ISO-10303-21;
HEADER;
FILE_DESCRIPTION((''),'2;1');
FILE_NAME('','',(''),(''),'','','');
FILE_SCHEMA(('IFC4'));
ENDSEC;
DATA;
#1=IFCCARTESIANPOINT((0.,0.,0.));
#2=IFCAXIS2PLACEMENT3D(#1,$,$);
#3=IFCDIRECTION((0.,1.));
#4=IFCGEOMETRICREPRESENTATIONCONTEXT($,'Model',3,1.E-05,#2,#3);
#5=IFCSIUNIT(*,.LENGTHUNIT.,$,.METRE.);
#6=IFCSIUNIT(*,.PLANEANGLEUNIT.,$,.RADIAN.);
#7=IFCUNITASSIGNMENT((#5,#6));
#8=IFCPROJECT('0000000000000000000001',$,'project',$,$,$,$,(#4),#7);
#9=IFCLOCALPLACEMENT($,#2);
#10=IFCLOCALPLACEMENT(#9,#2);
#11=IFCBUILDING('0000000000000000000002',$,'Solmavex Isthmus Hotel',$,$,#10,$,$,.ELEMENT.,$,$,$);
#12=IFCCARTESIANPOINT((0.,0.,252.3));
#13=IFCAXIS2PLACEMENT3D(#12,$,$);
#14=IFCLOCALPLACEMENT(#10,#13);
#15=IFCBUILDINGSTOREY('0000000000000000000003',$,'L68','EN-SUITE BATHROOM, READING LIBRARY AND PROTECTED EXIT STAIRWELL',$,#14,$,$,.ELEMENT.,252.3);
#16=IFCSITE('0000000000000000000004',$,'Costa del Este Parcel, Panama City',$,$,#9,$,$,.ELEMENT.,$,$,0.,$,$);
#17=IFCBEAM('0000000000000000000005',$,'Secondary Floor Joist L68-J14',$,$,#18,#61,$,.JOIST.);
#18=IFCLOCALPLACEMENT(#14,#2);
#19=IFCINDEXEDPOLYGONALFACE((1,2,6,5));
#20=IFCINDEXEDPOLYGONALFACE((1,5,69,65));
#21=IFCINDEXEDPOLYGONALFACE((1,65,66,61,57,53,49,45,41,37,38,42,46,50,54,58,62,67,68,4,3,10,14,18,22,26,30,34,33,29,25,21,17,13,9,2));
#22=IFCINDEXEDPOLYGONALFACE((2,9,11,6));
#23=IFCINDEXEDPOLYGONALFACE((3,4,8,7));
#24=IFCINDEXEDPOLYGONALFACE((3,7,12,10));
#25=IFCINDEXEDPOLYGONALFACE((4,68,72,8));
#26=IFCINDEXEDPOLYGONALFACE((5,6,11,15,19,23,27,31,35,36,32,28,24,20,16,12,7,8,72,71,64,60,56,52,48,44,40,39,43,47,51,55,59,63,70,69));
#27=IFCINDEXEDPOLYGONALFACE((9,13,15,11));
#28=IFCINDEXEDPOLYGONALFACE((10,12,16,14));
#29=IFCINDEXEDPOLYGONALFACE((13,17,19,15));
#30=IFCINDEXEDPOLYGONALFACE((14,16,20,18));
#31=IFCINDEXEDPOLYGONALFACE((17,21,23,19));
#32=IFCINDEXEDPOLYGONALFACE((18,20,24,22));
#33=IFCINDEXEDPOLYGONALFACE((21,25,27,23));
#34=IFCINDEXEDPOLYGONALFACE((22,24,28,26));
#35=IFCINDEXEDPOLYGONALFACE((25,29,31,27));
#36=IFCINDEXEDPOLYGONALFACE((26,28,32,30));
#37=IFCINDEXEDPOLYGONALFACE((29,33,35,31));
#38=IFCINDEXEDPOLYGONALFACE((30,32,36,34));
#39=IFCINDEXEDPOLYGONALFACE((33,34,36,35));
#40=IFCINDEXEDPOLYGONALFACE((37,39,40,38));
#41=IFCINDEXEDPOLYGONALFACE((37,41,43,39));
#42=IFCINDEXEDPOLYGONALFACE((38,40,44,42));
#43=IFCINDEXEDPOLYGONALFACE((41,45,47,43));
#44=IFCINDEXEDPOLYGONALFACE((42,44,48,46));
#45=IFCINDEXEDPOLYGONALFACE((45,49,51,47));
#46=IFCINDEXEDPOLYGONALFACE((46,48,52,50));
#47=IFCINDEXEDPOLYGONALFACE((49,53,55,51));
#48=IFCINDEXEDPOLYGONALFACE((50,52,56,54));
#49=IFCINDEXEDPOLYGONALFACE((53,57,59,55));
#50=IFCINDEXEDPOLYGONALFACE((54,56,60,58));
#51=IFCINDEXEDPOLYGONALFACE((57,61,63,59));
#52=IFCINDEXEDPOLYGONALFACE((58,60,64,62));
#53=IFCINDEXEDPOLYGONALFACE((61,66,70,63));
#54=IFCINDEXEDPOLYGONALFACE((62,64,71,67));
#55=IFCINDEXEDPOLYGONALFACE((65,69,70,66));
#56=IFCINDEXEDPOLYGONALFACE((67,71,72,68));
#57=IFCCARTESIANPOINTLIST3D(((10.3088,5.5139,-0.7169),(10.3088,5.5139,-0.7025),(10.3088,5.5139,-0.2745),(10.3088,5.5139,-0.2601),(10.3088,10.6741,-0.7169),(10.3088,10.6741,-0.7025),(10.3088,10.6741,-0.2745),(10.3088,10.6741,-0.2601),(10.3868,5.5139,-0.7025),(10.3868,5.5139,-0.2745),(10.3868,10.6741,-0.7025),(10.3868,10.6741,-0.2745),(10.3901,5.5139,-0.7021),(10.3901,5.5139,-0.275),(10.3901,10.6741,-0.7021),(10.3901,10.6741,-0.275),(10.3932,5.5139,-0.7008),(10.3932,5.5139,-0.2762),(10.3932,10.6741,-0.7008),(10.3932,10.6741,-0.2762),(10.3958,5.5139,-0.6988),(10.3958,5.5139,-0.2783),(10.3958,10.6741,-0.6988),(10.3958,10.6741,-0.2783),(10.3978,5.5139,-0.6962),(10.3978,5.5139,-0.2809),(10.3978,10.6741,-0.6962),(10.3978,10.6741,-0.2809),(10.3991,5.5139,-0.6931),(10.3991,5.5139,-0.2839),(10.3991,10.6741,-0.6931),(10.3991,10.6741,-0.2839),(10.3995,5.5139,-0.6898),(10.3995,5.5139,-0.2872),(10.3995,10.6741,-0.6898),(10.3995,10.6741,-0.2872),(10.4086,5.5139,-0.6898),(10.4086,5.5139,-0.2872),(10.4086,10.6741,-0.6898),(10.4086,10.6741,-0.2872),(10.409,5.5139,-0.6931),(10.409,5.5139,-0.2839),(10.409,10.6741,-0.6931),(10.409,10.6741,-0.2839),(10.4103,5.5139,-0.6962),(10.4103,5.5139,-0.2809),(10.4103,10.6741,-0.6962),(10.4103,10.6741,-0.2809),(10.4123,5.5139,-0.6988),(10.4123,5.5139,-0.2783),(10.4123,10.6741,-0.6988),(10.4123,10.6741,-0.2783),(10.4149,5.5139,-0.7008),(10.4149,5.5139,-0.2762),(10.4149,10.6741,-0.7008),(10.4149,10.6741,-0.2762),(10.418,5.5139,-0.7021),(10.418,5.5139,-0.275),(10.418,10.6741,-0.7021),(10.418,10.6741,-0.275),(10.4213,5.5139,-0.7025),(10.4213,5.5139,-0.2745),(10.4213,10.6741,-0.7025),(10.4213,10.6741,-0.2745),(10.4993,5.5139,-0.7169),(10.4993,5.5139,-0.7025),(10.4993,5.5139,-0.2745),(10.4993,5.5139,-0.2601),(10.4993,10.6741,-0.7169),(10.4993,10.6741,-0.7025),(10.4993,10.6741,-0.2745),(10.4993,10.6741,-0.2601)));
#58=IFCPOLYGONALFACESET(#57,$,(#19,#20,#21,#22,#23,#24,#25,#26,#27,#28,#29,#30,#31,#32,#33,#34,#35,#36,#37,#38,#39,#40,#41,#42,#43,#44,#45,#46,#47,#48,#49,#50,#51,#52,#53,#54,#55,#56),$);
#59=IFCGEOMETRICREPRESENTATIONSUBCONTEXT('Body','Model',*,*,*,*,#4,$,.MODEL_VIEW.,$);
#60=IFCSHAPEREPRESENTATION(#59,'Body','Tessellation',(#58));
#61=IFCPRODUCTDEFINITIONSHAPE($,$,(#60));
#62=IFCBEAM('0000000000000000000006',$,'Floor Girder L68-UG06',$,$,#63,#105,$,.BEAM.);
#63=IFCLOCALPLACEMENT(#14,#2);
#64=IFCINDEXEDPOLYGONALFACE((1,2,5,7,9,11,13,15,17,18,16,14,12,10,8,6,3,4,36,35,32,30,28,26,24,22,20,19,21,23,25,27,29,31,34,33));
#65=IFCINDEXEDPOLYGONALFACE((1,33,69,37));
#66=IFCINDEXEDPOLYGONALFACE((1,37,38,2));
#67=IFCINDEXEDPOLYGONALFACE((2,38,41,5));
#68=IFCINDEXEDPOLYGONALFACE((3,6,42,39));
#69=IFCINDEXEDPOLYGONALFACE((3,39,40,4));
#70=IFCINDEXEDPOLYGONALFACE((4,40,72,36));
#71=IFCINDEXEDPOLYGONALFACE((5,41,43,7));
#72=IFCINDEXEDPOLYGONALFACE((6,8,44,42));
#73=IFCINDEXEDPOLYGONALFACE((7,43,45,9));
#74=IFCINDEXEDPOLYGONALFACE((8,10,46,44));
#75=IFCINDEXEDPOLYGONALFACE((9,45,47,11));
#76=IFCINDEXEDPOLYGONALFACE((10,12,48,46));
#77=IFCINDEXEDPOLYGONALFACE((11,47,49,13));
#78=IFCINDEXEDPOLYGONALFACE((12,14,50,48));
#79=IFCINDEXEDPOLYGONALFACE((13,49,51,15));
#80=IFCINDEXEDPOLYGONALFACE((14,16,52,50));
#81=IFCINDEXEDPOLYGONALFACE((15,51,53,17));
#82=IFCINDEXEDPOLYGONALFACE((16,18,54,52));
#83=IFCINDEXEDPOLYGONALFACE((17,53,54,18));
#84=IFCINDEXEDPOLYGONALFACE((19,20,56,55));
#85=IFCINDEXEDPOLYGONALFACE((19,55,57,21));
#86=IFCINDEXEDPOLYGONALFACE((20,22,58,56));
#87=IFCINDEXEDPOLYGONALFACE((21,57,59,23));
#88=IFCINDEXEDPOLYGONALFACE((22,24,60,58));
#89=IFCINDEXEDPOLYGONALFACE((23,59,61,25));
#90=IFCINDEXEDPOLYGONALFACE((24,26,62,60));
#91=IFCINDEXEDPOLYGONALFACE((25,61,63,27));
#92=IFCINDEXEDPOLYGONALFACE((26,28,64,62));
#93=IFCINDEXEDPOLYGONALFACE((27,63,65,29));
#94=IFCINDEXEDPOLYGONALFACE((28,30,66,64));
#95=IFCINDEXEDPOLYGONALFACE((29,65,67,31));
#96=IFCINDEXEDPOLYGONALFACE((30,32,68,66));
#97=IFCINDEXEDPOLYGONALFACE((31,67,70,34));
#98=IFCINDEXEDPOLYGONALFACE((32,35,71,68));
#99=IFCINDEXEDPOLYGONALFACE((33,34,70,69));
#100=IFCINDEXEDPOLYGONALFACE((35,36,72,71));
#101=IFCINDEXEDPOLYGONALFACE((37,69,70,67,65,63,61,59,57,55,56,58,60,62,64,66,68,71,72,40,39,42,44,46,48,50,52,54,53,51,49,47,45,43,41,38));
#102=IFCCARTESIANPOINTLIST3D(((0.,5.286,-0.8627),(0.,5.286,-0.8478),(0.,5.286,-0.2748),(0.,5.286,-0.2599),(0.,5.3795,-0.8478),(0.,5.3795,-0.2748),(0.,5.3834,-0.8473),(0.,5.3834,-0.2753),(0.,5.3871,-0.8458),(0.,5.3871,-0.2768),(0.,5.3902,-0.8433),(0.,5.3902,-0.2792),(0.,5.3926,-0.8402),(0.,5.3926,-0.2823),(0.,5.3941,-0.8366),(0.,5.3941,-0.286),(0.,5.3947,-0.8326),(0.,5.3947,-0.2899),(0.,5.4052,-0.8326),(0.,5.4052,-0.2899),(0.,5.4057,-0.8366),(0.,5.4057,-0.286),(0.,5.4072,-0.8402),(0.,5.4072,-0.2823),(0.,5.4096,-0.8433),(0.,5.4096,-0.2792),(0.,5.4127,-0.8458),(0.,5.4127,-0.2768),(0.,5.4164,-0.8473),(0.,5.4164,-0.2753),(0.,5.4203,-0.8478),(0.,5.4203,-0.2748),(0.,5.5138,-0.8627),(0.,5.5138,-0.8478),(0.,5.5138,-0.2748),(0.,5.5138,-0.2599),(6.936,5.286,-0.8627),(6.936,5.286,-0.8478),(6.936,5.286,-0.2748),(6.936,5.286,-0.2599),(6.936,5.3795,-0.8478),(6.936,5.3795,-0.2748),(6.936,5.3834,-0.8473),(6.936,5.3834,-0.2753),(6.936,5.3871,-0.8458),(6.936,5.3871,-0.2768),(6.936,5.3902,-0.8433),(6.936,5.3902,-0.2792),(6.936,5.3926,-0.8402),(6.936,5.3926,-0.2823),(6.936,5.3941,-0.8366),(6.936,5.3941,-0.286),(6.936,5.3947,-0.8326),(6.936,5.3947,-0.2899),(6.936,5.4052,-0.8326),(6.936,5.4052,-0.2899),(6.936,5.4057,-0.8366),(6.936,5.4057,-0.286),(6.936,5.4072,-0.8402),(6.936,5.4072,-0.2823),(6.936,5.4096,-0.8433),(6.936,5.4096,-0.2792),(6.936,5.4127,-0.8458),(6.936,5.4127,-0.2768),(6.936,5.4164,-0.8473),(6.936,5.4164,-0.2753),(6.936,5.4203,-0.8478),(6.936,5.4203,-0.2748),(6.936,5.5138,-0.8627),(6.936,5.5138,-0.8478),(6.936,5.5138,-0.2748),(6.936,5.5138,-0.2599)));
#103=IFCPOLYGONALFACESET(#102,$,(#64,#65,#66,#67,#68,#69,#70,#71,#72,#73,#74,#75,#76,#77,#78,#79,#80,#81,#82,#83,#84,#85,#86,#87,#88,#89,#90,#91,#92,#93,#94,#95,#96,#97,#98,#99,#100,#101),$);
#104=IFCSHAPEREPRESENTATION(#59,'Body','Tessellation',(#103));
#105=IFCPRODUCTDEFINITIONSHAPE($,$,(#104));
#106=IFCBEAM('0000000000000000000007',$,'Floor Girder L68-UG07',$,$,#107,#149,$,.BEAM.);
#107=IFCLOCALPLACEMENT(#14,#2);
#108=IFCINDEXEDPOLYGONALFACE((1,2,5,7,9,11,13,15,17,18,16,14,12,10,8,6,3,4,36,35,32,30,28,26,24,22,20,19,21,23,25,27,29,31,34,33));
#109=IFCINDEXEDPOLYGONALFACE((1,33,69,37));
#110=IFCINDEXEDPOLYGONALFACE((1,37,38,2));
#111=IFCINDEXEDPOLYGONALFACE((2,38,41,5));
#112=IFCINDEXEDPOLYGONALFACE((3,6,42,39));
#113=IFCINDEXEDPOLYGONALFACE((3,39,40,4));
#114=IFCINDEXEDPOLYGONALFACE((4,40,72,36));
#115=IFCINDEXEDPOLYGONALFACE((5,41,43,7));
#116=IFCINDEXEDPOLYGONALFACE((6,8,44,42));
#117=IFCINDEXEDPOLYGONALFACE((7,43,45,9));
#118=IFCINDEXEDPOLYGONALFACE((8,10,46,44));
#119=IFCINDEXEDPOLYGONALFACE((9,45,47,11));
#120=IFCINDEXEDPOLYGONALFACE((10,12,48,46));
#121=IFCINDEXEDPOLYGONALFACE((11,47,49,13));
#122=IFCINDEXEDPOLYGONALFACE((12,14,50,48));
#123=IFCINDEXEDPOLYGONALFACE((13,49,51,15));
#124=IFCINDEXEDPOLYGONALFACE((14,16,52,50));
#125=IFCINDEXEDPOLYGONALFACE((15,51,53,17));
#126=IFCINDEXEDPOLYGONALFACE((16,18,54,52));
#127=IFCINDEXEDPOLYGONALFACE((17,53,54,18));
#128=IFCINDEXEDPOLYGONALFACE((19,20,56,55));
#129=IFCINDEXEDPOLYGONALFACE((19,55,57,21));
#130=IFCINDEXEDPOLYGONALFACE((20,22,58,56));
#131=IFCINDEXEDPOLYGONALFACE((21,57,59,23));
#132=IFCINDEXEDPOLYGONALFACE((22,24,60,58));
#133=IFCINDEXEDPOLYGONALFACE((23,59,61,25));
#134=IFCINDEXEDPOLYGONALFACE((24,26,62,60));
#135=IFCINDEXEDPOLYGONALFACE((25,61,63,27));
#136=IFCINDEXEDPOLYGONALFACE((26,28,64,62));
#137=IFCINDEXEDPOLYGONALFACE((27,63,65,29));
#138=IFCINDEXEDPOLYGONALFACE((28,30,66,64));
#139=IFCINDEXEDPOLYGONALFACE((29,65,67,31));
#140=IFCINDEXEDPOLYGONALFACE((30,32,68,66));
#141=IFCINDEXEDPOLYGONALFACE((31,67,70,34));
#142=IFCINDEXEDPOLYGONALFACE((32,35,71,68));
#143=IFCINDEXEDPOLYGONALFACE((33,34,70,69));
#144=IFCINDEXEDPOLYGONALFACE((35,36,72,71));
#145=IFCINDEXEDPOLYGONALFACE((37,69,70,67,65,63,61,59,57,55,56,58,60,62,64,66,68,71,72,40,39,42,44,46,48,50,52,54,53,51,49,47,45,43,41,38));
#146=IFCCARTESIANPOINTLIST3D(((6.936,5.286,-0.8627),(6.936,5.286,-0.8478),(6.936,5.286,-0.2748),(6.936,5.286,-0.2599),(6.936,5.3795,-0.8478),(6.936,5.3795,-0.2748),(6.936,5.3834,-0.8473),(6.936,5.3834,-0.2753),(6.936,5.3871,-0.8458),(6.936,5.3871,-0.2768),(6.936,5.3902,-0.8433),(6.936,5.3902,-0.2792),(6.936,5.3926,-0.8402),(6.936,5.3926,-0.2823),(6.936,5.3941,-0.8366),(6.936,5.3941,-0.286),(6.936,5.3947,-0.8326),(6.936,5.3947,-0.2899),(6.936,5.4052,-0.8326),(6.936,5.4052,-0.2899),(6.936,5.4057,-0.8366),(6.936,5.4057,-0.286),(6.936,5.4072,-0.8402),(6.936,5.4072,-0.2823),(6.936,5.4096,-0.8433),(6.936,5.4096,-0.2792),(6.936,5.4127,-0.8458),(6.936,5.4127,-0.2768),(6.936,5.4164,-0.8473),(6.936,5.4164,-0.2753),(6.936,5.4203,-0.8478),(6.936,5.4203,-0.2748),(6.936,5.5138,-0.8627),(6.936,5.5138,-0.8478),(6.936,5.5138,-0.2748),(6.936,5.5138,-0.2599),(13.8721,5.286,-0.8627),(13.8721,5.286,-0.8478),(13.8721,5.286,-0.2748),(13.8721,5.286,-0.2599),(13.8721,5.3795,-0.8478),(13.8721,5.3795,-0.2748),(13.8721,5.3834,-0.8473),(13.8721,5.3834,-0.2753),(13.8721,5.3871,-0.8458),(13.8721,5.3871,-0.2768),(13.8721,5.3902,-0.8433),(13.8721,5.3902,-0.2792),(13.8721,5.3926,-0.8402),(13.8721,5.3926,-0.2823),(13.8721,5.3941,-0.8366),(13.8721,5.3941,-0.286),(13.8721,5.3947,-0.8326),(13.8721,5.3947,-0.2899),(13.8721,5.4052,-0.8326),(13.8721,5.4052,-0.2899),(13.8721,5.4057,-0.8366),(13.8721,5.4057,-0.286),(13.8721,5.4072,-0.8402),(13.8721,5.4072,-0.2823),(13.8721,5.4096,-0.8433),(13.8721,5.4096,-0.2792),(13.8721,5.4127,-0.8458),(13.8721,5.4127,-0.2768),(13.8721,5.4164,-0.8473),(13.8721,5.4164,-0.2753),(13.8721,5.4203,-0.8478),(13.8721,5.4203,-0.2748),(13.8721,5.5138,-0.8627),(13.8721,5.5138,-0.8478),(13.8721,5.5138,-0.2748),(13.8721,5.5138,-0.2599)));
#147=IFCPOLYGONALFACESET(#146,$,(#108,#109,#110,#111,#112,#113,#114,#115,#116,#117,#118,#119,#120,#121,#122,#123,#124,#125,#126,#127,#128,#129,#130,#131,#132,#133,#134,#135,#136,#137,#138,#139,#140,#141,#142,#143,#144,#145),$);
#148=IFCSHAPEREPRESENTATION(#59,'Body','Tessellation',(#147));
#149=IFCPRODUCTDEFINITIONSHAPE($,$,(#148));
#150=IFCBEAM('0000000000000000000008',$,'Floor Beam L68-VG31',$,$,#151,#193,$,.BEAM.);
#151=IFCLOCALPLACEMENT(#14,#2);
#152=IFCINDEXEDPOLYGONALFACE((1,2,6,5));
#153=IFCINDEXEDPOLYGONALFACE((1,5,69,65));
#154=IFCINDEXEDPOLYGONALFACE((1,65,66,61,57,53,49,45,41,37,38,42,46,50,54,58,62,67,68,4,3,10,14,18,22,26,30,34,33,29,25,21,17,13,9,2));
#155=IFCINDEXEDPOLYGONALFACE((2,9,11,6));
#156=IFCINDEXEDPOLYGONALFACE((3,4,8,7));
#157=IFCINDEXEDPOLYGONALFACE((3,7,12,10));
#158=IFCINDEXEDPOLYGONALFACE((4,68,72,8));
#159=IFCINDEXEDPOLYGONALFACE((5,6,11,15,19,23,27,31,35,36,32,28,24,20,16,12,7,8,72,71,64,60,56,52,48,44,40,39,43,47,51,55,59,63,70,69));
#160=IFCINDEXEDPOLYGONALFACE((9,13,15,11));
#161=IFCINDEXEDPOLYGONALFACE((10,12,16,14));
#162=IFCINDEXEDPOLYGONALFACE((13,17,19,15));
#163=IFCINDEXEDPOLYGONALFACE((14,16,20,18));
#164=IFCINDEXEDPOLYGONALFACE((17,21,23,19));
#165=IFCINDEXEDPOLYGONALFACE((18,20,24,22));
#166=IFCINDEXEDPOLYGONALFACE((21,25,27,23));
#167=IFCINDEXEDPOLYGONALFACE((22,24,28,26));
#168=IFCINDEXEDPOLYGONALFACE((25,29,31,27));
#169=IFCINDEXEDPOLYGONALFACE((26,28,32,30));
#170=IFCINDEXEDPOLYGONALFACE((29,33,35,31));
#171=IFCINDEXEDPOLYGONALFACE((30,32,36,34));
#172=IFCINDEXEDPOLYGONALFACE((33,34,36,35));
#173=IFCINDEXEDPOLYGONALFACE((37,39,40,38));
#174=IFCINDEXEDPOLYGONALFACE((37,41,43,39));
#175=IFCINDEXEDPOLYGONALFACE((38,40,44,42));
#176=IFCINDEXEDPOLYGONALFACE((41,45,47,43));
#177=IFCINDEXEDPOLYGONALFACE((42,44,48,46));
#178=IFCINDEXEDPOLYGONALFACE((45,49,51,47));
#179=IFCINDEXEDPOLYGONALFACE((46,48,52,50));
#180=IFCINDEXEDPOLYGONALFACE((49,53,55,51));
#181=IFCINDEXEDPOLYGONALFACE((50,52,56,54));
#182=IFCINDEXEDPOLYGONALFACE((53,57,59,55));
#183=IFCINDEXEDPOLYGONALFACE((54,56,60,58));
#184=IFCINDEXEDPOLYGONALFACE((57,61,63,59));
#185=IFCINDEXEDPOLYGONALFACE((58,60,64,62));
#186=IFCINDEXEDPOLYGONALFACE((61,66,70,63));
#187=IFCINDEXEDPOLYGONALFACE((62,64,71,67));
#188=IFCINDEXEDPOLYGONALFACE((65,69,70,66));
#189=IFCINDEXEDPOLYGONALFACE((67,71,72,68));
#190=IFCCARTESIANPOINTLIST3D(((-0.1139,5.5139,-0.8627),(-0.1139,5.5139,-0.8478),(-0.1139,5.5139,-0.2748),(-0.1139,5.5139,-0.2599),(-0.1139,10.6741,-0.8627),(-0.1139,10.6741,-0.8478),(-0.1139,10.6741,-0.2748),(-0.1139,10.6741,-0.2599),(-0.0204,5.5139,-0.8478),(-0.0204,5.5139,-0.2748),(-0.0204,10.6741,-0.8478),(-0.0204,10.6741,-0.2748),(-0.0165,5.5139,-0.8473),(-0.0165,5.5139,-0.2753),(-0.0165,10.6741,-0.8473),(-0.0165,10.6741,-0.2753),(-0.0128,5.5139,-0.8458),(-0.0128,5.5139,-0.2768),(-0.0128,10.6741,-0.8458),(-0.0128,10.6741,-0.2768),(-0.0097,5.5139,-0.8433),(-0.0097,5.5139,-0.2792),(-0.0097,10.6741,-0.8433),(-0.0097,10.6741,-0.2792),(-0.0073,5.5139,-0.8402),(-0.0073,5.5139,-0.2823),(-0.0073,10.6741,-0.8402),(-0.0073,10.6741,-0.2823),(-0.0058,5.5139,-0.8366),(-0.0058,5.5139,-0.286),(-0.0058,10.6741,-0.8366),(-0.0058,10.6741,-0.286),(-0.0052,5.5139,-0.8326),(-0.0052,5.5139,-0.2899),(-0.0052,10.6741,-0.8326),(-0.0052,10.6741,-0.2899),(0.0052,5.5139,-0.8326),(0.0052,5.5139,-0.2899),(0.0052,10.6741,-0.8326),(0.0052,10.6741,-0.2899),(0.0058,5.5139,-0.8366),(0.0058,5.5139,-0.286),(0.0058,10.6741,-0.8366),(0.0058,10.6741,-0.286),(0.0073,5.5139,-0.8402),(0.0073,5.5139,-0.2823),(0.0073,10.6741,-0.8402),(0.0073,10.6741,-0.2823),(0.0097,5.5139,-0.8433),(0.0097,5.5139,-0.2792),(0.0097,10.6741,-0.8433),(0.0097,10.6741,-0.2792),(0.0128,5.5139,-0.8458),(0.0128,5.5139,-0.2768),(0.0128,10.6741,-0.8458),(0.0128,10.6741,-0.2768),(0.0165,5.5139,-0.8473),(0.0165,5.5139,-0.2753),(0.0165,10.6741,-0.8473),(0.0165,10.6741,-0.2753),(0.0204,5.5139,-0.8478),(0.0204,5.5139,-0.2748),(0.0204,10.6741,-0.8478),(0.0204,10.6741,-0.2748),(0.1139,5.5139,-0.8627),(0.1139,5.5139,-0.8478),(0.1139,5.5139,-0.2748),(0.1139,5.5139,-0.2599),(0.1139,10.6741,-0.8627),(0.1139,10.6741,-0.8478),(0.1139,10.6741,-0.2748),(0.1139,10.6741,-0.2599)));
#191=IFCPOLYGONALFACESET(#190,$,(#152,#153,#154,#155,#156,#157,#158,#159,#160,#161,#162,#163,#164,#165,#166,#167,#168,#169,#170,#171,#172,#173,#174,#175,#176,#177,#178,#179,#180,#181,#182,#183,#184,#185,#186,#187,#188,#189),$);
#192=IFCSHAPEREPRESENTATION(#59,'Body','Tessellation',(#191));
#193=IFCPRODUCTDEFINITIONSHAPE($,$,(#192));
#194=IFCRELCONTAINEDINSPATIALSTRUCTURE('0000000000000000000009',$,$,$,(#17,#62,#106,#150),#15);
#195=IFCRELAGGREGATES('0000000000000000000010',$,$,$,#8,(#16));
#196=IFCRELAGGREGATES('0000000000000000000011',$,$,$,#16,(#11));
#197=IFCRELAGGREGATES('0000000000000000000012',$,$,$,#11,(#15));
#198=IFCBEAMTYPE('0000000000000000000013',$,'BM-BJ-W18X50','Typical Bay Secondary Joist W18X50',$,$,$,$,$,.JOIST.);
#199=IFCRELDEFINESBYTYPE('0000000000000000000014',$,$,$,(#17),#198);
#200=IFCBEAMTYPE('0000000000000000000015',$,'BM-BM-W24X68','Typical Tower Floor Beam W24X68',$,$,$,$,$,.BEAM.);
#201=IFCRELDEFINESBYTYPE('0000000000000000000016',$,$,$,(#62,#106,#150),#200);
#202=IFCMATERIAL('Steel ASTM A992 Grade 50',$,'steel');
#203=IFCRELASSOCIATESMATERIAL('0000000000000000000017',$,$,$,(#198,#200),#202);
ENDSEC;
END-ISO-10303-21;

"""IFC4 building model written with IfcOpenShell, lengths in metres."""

from ifc_helpers import new_model, si_unit, direction, frame, origin, origin_2d, place, context, subcontext, project, spatial, i_section, extrude, material, material_profile, profile_set, type_object, element, save


model = new_model("IFC4")

# Units and contexts
model_context = context("Model", 3, precision=1e-05, world=origin(), true_north=direction((0.0, 1.0)))
body_context = subcontext(model_context, "Body", "Model", "MODEL_VIEW")
ifc_project = project(units=[si_unit("LENGTHUNIT", "METRE"), si_unit("PLANEANGLEUNIT", "RADIAN")], contexts=[model_context])

# Site, building, storey
site_placement = place(None, origin())
site = spatial("IfcSite", under=ifc_project, at=site_placement, Name="Costa del Este Parcel, Panama City", CompositionType="ELEMENT", RefElevation=0.0)
building_placement = place(site_placement, origin())
building = spatial("IfcBuilding", under=site, at=building_placement, Name="Solmavex Isthmus Hotel", CompositionType="ELEMENT")
storey_placement = place(building_placement, frame((0.0, 0.0, 252.3)))
storey = spatial("IfcBuildingStorey", under=building, at=storey_placement, Name="L68", Description="EN-SUITE BATHROOM, READING LIBRARY AND PROTECTED EXIT STAIRWELL", CompositionType="ELEMENT", Elevation=252.3)

# Beams
ifc_material_1 = material(Name="Steel ASTM A992 Grade 50", Category="steel")
ifc_material_profile_1 = material_profile(ifc_material_1, i_section(OverallWidth=0.1904, OverallDepth=0.4568, WebThickness=0.009, FlangeThickness=0.0144, FilletRadius=0.0127, at=origin_2d()), Name="W18X50")
ifc_profile_set_1 = profile_set([ifc_material_profile_1], Name="Steel ASTM A992 Grade 50")
beam_type_1 = type_object("IfcBeamType", Name="BM-BJ-W18X50", Description="Typical Bay Secondary Joist W18X50", PredefinedType="JOIST", material=ifc_profile_set_1)
beam_1_placement = place(storey_placement, frame((10.4041, 5.5139, -0.4885), z_axis=(0.0, 1.0, 0.0), x_axis=(-1.0, 0.0, 0.0)))
element("IfcBeam", 1, at=beam_1_placement, inside=storey, type_object=beam_type_1, Name="Secondary Floor Joist L68-J14", PredefinedType="JOIST", context=body_context, shape_type="SweptSolid", body=[
    extrude(i_section(OverallWidth=0.1904, OverallDepth=0.4568, WebThickness=0.009, FlangeThickness=0.0144, FilletRadius=0.0127, at=origin_2d()), origin(), (0.0, 0.0, 1.0), 5.1602),
])
ifc_material_profile_2 = material_profile(ifc_material_1, i_section(OverallWidth=0.2278, OverallDepth=0.6028, WebThickness=0.0105, FlangeThickness=0.0149, FilletRadius=0.0151, at=origin_2d()), Name="W24X68")
ifc_profile_set_2 = profile_set([ifc_material_profile_2], Name="Steel ASTM A992 Grade 50")
beam_type_2 = type_object("IfcBeamType", Name="BM-BM-W24X68", Description="Typical Tower Floor Beam W24X68", PredefinedType="BEAM", material=ifc_profile_set_2)
for number, where, z_axis, x_axis, name in (
    (2, (0.0, 5.3999, -0.5613), (1.0, 0.0, 0.0), (0.0, 1.0, 0.0), "Floor Girder L68-UG06"),
    (3, (6.936, 5.3999, -0.5613), (1.0, 0.0, 0.0), (0.0, 1.0, 0.0), "Floor Girder L68-UG07"),
):
    element("IfcBeam", number, at=place(storey_placement, frame(where, z_axis=z_axis, x_axis=x_axis)), inside=storey, type_object=beam_type_2, Name=name, PredefinedType="BEAM", context=body_context, shape_type="SweptSolid", body=[
        extrude(i_section(OverallWidth=0.2278, OverallDepth=0.6028, WebThickness=0.0105, FlangeThickness=0.0149, FilletRadius=0.0151, at=origin_2d()), origin(), (0.0, 0.0, 1.0), 6.936),
    ])
beam_2_placement = place(storey_placement, frame((0.0, 5.5139, -0.5613), z_axis=(0.0, 1.0, 0.0), x_axis=(-1.0, 0.0, 0.0)))
element("IfcBeam", 4, at=beam_2_placement, inside=storey, type_object=beam_type_2, Name="Floor Beam L68-VG31", PredefinedType="BEAM", context=body_context, shape_type="SweptSolid", body=[
    extrude(i_section(OverallWidth=0.2278, OverallDepth=0.6028, WebThickness=0.0105, FlangeThickness=0.0149, FilletRadius=0.0151, at=origin_2d()), origin(), (0.0, 0.0, 1.0), 5.1602),
])

save(model, "model.ifc")
